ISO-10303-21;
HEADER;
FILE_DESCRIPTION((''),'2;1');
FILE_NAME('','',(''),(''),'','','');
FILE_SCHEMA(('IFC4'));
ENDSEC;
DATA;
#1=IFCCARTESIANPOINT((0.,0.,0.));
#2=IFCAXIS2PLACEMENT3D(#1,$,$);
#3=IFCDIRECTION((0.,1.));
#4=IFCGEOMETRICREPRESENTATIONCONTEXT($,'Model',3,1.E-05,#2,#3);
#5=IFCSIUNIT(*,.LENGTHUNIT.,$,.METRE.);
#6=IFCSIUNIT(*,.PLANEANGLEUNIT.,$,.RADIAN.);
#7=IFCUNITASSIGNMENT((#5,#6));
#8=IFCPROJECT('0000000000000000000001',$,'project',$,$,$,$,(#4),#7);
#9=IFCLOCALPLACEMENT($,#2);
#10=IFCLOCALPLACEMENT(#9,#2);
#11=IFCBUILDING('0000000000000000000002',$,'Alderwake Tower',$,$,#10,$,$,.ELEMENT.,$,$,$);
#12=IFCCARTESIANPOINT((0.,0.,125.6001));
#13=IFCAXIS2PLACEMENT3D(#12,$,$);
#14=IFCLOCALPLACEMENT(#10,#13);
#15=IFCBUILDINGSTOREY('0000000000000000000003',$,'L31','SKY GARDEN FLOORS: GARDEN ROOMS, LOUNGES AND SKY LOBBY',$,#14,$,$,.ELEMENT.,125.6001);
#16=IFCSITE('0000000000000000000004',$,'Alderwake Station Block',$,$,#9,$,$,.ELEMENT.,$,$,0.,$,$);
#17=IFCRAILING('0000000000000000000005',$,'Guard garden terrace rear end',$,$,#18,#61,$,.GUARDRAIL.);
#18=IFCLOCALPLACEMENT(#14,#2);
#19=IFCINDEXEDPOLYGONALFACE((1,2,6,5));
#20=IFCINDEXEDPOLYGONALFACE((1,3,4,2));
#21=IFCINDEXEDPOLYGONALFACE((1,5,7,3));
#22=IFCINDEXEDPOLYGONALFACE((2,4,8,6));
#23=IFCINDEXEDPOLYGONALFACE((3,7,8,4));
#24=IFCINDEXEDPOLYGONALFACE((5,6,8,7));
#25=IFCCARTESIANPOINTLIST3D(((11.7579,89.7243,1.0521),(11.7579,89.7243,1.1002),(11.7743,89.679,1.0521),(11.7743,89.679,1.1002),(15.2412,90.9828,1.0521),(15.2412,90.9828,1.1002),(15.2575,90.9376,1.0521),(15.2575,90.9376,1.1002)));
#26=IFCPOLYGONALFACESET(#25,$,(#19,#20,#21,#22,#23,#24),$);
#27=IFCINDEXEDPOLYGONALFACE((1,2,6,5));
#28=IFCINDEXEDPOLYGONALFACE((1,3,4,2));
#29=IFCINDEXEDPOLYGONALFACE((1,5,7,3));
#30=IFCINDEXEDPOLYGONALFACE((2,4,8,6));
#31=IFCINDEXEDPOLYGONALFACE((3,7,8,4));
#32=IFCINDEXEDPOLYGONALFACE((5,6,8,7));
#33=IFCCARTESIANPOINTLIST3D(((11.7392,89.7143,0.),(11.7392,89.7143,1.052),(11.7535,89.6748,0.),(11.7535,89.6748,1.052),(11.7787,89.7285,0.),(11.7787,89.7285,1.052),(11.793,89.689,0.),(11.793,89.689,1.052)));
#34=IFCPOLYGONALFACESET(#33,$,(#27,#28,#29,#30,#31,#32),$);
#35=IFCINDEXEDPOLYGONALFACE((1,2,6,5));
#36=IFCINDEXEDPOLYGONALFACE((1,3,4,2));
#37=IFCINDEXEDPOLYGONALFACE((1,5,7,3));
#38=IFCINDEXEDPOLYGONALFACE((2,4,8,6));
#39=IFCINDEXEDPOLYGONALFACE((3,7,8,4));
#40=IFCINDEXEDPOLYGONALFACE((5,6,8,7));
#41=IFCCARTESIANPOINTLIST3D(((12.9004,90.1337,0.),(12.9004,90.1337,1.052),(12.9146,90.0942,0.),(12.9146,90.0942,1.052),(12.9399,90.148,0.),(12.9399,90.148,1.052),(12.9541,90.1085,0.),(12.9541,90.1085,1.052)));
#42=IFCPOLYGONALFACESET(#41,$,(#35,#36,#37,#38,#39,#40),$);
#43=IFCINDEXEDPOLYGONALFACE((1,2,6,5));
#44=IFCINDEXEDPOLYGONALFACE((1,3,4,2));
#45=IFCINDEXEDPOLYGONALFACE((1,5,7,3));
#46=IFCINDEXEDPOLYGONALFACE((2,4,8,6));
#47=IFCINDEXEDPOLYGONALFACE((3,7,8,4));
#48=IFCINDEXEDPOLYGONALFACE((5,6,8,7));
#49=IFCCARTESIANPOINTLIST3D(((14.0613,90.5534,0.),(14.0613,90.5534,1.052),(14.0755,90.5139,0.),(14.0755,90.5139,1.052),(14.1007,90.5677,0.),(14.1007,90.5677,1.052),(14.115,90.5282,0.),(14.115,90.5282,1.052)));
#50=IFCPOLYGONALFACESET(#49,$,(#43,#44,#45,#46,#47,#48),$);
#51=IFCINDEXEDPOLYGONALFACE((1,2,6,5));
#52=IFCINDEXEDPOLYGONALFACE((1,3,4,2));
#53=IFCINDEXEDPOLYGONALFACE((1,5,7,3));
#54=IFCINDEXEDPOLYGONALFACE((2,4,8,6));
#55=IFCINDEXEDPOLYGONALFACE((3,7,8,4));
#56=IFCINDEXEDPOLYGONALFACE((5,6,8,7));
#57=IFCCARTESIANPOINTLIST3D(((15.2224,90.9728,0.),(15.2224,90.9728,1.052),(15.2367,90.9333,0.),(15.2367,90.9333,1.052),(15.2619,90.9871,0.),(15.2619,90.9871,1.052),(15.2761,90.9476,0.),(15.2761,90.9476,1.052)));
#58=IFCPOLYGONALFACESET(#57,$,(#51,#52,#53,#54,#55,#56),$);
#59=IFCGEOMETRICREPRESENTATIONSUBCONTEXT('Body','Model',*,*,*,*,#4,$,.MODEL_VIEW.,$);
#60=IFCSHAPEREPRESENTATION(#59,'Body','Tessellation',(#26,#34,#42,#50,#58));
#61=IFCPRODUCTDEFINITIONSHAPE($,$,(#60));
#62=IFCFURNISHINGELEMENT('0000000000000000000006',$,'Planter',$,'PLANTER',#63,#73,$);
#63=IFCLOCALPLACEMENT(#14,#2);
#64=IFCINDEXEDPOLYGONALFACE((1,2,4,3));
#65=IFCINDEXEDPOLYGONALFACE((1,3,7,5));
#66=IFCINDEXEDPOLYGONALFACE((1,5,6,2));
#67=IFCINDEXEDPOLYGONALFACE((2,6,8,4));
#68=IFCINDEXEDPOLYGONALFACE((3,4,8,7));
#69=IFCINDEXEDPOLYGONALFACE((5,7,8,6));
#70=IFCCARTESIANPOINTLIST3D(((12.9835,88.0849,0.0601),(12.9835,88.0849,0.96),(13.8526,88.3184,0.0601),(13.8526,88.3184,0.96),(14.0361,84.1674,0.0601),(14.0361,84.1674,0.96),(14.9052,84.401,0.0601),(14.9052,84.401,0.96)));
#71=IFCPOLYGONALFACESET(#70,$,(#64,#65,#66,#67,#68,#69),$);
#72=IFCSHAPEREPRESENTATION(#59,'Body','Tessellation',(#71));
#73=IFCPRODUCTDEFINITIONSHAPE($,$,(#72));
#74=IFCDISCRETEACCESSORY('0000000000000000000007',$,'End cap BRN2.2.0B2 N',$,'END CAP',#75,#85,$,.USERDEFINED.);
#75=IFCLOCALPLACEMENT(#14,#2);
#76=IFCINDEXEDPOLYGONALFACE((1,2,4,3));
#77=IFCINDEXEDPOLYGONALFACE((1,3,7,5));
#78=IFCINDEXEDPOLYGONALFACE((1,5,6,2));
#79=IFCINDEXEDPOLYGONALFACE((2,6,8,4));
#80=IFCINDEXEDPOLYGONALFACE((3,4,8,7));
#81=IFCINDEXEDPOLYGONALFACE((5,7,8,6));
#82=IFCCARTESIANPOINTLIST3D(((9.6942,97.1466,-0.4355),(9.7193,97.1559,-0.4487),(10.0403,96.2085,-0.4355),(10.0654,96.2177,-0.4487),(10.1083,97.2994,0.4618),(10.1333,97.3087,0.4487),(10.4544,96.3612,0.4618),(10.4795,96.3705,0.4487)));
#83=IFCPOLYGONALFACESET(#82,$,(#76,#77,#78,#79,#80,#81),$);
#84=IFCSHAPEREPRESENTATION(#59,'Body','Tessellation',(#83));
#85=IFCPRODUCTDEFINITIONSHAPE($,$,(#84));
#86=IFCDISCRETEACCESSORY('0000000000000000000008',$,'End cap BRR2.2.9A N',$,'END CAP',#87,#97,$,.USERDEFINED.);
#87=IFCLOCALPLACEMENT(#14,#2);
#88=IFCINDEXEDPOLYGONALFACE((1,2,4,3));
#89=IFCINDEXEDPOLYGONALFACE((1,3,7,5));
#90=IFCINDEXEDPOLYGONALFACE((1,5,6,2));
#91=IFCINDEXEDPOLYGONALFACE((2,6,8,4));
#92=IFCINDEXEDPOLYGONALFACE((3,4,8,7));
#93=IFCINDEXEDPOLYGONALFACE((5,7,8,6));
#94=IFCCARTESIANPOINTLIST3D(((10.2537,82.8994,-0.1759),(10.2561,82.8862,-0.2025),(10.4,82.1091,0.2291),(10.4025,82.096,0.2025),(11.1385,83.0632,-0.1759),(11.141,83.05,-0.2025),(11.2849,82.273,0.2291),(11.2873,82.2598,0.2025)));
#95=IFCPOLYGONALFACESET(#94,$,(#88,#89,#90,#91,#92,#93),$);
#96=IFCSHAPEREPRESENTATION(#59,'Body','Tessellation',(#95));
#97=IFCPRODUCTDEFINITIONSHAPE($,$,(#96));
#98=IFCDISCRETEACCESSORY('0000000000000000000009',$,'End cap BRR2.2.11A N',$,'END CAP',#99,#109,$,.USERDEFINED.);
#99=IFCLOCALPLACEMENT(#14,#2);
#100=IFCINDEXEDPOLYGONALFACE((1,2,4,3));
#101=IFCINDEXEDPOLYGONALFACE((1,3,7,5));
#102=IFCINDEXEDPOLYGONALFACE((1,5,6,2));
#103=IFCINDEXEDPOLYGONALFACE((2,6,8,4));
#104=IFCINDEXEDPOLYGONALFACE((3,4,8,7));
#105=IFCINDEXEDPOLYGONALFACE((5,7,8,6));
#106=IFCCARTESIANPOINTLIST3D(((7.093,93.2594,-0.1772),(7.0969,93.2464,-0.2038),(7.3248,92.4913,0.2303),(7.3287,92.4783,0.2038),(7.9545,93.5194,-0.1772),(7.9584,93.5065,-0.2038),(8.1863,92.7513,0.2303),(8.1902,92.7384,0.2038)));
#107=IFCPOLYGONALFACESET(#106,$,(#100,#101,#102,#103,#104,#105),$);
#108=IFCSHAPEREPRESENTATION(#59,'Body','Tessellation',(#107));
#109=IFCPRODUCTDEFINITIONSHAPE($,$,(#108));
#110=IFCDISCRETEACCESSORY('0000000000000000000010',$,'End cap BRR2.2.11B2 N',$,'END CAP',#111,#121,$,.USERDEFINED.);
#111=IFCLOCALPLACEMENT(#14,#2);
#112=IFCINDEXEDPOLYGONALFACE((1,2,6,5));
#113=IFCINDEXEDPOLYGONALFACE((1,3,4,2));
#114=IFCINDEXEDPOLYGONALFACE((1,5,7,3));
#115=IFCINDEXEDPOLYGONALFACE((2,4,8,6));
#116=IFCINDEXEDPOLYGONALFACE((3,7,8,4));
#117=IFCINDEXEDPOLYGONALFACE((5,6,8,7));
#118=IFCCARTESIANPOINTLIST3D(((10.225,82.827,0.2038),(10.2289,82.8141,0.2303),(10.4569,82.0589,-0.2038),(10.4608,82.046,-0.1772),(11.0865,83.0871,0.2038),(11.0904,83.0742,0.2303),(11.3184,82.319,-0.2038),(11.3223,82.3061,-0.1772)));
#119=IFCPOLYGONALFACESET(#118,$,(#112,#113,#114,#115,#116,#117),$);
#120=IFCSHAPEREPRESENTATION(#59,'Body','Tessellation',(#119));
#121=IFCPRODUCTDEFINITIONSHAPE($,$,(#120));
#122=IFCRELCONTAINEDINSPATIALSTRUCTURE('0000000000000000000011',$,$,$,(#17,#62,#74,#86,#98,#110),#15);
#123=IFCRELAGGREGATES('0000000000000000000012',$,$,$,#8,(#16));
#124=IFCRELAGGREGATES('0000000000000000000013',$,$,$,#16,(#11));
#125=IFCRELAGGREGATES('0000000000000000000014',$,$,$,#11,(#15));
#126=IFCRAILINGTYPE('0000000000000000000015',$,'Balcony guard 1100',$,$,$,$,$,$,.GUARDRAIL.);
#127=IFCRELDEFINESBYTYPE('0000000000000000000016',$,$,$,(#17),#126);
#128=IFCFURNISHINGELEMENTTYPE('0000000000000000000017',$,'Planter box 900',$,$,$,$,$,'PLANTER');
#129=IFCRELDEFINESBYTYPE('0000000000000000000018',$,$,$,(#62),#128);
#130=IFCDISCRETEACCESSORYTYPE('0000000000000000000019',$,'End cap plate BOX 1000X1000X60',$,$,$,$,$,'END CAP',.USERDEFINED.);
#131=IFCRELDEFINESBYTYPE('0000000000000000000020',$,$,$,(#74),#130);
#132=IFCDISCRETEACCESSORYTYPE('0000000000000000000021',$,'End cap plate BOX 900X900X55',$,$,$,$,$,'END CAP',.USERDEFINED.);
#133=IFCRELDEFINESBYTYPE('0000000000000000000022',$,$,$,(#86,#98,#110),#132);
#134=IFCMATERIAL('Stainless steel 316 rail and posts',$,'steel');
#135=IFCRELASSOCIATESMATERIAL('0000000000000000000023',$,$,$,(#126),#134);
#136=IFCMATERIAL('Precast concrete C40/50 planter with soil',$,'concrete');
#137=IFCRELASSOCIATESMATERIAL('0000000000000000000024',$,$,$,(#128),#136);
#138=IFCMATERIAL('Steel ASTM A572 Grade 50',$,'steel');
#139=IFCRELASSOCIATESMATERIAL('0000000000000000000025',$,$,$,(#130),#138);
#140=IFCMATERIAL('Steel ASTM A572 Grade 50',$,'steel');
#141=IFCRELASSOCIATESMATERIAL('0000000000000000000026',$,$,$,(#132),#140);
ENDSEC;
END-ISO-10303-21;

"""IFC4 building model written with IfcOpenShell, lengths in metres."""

from ifc_helpers import new_model, si_unit, direction, frame, origin, origin_2d, place, context, subcontext, project, spatial, rectangle, extrude, material, material_profile, profile_set, type_object, element, save


model = new_model("IFC4")

# Units and contexts
model_context = context("Model", 3, precision=1e-05, world=origin(), true_north=direction((0.0, 1.0)))
body_context = subcontext(model_context, "Body", "Model", "MODEL_VIEW")
ifc_project = project(units=[si_unit("LENGTHUNIT", "METRE"), si_unit("PLANEANGLEUNIT", "RADIAN")], contexts=[model_context])

# Site, building, storey
site_placement = place(None, origin())
site = spatial("IfcSite", under=ifc_project, at=site_placement, Name="Alderwake Station Block", CompositionType="ELEMENT", RefElevation=0.0)
building_placement = place(site_placement, origin())
building = spatial("IfcBuilding", under=site, at=building_placement, Name="Alderwake Tower", CompositionType="ELEMENT")
storey_placement = place(building_placement, frame((0.0, 0.0, 125.6001)))
storey = spatial("IfcBuildingStorey", under=building, at=storey_placement, Name="L31", Description="SKY GARDEN FLOORS: GARDEN ROOMS, LOUNGES AND SKY LOBBY", CompositionType="ELEMENT", Elevation=125.6001)

# Railing
ifc_material_1 = material(Name="Stainless steel 316 rail and posts", Category="steel")
railing_type = type_object("IfcRailingType", Name="Balcony guard 1100", PredefinedType="GUARDRAIL", material=ifc_material_1)
railing_1_placement = place(storey_placement, frame((11.7661, 89.7017, 0.0)))
element("IfcRailing", 1, at=railing_1_placement, inside=storey, type_object=railing_type, Name="Guard garden terrace rear end", PredefinedType="GUARDRAIL", context=body_context, shape_type="SweptSolid", body=[
    extrude(rectangle(XDim=0.0481, YDim=0.0481, at=origin_2d()), frame((0.0, 0.0, 1.0762), z_axis=(0.94049, 0.339821, 0.0), x_axis=(-0.339821, 0.94049, 0.0)), (0.0, 0.0, 1.0), 3.7036),
    extrude(rectangle(XDim=0.042, YDim=0.042, at=origin_2d()), frame((0.0, 0.0, 0.0), z_axis=(0.0, 0.0, 1.0), x_axis=(0.94049, 0.339821, 0.0)), (0.0, 0.0, 1.0), 1.052),
    extrude(rectangle(XDim=0.042, YDim=0.042, at=origin_2d()), frame((1.1611, 0.4194, 0.0), z_axis=(0.0, 0.0, 1.0), x_axis=(0.94049, 0.339821, 0.0)), (0.0, 0.0, 1.0), 1.052),
    extrude(rectangle(XDim=0.042, YDim=0.042, at=origin_2d()), frame((2.322, 0.8391, 0.0), z_axis=(0.0, 0.0, 1.0), x_axis=(0.94049, 0.339821, 0.0)), (0.0, 0.0, 1.0), 1.052),
    extrude(rectangle(XDim=0.042, YDim=0.042, at=origin_2d()), frame((3.4832, 1.2585, 0.0), z_axis=(0.0, 0.0, 1.0), x_axis=(0.94049, 0.339821, 0.0)), (0.0, 0.0, 1.0), 1.052),
])

# Furnishing element
ifc_material_2 = material(Name="Precast concrete C40/50 planter with soil", Category="concrete")
furnishing_element_type = type_object("IfcFurnishingElementType", Name="Planter box 900", ElementType="PLANTER", material=ifc_material_2)
furnishing_placement = place(storey_placement, frame((13.9443, 86.2429, 0.0601), z_axis=(0.0, 0.0, 1.0), x_axis=(0.965744, 0.259495, 0.0)))
element("IfcFurnishingElement", 2, at=furnishing_placement, inside=storey, type_object=furnishing_element_type, Name="Planter", ObjectType="PLANTER", context=body_context, shape_type="SweptSolid", body=[
    extrude(rectangle(XDim=0.8999, YDim=4.0564, at=origin_2d()), origin(), (0.0, 0.0, 1.0), 0.8999),
])

# Discrete accessories
ifc_material_3 = material(Name="Steel ASTM A572 Grade 50", Category="steel")
ifc_material_profile_1 = material_profile(ifc_material_3, rectangle(XDim=1.0, YDim=1.0, at=origin_2d()), Name="BOX 1000X1000X60 cap")
ifc_profile_set_1 = profile_set([ifc_material_profile_1], Name="Steel ASTM A572 Grade 50")
discrete_accessory_type_1 = type_object("IfcDiscreteAccessoryType", Name="End cap plate BOX 1000X1000X60", ElementType="END CAP", PredefinedType="USERDEFINED", material=ifc_profile_set_1)
discrete_accessory_placement = place(storey_placement, frame((10.0994, 96.7632, 0.0), z_axis=(-0.841862, -0.31059, 0.441364), x_axis=(0.346127, -0.938188, 0.0)))
element("IfcDiscreteAccessory", 3, at=discrete_accessory_placement, inside=storey, type_object=discrete_accessory_type_1, Name="End cap BRN2.2.0B2 N", ObjectType="END CAP", PredefinedType="USERDEFINED", context=body_context, shape_type="SweptSolid", body=[
    extrude(rectangle(XDim=1.0, YDim=1.0, at=origin_2d()), origin(), (0.0, 0.0, 1.0), 0.0298),
])
ifc_material_4 = material(Name="Steel ASTM A572 Grade 50", Category="steel")
ifc_material_profile_2 = material_profile(ifc_material_4, rectangle(XDim=0.8999, YDim=0.8999, at=origin_2d()), Name="BOX 900X900X55 cap")
ifc_profile_set_2 = profile_set([ifc_material_profile_2], Name="Steel ASTM A572 Grade 50")
discrete_accessory_type_2 = type_object("IfcDiscreteAccessoryType", Name="End cap plate BOX 900X900X55", ElementType="END CAP", PredefinedType="USERDEFINED", material=ifc_profile_set_2)
for number, where, z_axis, x_axis, name in (
    (4, (10.7717, 82.573, 0.0), (-0.081931, 0.44243, 0.893053), (-0.983282, -0.182089, 0.0), "End cap BRR2.2.9A N"),
    (5, (7.6436, 92.9924, 0.0), (-0.130875, 0.433524, 0.891588), (-0.957328, -0.289005, 0.0), "End cap BRR2.2.11A N"),
    (6, (10.7717, 82.573, 0.0), (0.130875, -0.433524, 0.891588), (0.957328, 0.289005, 0.0), "End cap BRR2.2.11B2 N"),
):
    element("IfcDiscreteAccessory", number, at=place(storey_placement, frame(where, z_axis=z_axis, x_axis=x_axis)), inside=storey, type_object=discrete_accessory_type_2, Name=name, ObjectType="END CAP", PredefinedType="USERDEFINED", context=body_context, shape_type="SweptSolid", body=[
        extrude(rectangle(XDim=0.8999, YDim=0.8999, at=origin_2d()), origin(), (0.0, 0.0, 1.0), 0.0298),
    ])

save(model, "model.ifc")
